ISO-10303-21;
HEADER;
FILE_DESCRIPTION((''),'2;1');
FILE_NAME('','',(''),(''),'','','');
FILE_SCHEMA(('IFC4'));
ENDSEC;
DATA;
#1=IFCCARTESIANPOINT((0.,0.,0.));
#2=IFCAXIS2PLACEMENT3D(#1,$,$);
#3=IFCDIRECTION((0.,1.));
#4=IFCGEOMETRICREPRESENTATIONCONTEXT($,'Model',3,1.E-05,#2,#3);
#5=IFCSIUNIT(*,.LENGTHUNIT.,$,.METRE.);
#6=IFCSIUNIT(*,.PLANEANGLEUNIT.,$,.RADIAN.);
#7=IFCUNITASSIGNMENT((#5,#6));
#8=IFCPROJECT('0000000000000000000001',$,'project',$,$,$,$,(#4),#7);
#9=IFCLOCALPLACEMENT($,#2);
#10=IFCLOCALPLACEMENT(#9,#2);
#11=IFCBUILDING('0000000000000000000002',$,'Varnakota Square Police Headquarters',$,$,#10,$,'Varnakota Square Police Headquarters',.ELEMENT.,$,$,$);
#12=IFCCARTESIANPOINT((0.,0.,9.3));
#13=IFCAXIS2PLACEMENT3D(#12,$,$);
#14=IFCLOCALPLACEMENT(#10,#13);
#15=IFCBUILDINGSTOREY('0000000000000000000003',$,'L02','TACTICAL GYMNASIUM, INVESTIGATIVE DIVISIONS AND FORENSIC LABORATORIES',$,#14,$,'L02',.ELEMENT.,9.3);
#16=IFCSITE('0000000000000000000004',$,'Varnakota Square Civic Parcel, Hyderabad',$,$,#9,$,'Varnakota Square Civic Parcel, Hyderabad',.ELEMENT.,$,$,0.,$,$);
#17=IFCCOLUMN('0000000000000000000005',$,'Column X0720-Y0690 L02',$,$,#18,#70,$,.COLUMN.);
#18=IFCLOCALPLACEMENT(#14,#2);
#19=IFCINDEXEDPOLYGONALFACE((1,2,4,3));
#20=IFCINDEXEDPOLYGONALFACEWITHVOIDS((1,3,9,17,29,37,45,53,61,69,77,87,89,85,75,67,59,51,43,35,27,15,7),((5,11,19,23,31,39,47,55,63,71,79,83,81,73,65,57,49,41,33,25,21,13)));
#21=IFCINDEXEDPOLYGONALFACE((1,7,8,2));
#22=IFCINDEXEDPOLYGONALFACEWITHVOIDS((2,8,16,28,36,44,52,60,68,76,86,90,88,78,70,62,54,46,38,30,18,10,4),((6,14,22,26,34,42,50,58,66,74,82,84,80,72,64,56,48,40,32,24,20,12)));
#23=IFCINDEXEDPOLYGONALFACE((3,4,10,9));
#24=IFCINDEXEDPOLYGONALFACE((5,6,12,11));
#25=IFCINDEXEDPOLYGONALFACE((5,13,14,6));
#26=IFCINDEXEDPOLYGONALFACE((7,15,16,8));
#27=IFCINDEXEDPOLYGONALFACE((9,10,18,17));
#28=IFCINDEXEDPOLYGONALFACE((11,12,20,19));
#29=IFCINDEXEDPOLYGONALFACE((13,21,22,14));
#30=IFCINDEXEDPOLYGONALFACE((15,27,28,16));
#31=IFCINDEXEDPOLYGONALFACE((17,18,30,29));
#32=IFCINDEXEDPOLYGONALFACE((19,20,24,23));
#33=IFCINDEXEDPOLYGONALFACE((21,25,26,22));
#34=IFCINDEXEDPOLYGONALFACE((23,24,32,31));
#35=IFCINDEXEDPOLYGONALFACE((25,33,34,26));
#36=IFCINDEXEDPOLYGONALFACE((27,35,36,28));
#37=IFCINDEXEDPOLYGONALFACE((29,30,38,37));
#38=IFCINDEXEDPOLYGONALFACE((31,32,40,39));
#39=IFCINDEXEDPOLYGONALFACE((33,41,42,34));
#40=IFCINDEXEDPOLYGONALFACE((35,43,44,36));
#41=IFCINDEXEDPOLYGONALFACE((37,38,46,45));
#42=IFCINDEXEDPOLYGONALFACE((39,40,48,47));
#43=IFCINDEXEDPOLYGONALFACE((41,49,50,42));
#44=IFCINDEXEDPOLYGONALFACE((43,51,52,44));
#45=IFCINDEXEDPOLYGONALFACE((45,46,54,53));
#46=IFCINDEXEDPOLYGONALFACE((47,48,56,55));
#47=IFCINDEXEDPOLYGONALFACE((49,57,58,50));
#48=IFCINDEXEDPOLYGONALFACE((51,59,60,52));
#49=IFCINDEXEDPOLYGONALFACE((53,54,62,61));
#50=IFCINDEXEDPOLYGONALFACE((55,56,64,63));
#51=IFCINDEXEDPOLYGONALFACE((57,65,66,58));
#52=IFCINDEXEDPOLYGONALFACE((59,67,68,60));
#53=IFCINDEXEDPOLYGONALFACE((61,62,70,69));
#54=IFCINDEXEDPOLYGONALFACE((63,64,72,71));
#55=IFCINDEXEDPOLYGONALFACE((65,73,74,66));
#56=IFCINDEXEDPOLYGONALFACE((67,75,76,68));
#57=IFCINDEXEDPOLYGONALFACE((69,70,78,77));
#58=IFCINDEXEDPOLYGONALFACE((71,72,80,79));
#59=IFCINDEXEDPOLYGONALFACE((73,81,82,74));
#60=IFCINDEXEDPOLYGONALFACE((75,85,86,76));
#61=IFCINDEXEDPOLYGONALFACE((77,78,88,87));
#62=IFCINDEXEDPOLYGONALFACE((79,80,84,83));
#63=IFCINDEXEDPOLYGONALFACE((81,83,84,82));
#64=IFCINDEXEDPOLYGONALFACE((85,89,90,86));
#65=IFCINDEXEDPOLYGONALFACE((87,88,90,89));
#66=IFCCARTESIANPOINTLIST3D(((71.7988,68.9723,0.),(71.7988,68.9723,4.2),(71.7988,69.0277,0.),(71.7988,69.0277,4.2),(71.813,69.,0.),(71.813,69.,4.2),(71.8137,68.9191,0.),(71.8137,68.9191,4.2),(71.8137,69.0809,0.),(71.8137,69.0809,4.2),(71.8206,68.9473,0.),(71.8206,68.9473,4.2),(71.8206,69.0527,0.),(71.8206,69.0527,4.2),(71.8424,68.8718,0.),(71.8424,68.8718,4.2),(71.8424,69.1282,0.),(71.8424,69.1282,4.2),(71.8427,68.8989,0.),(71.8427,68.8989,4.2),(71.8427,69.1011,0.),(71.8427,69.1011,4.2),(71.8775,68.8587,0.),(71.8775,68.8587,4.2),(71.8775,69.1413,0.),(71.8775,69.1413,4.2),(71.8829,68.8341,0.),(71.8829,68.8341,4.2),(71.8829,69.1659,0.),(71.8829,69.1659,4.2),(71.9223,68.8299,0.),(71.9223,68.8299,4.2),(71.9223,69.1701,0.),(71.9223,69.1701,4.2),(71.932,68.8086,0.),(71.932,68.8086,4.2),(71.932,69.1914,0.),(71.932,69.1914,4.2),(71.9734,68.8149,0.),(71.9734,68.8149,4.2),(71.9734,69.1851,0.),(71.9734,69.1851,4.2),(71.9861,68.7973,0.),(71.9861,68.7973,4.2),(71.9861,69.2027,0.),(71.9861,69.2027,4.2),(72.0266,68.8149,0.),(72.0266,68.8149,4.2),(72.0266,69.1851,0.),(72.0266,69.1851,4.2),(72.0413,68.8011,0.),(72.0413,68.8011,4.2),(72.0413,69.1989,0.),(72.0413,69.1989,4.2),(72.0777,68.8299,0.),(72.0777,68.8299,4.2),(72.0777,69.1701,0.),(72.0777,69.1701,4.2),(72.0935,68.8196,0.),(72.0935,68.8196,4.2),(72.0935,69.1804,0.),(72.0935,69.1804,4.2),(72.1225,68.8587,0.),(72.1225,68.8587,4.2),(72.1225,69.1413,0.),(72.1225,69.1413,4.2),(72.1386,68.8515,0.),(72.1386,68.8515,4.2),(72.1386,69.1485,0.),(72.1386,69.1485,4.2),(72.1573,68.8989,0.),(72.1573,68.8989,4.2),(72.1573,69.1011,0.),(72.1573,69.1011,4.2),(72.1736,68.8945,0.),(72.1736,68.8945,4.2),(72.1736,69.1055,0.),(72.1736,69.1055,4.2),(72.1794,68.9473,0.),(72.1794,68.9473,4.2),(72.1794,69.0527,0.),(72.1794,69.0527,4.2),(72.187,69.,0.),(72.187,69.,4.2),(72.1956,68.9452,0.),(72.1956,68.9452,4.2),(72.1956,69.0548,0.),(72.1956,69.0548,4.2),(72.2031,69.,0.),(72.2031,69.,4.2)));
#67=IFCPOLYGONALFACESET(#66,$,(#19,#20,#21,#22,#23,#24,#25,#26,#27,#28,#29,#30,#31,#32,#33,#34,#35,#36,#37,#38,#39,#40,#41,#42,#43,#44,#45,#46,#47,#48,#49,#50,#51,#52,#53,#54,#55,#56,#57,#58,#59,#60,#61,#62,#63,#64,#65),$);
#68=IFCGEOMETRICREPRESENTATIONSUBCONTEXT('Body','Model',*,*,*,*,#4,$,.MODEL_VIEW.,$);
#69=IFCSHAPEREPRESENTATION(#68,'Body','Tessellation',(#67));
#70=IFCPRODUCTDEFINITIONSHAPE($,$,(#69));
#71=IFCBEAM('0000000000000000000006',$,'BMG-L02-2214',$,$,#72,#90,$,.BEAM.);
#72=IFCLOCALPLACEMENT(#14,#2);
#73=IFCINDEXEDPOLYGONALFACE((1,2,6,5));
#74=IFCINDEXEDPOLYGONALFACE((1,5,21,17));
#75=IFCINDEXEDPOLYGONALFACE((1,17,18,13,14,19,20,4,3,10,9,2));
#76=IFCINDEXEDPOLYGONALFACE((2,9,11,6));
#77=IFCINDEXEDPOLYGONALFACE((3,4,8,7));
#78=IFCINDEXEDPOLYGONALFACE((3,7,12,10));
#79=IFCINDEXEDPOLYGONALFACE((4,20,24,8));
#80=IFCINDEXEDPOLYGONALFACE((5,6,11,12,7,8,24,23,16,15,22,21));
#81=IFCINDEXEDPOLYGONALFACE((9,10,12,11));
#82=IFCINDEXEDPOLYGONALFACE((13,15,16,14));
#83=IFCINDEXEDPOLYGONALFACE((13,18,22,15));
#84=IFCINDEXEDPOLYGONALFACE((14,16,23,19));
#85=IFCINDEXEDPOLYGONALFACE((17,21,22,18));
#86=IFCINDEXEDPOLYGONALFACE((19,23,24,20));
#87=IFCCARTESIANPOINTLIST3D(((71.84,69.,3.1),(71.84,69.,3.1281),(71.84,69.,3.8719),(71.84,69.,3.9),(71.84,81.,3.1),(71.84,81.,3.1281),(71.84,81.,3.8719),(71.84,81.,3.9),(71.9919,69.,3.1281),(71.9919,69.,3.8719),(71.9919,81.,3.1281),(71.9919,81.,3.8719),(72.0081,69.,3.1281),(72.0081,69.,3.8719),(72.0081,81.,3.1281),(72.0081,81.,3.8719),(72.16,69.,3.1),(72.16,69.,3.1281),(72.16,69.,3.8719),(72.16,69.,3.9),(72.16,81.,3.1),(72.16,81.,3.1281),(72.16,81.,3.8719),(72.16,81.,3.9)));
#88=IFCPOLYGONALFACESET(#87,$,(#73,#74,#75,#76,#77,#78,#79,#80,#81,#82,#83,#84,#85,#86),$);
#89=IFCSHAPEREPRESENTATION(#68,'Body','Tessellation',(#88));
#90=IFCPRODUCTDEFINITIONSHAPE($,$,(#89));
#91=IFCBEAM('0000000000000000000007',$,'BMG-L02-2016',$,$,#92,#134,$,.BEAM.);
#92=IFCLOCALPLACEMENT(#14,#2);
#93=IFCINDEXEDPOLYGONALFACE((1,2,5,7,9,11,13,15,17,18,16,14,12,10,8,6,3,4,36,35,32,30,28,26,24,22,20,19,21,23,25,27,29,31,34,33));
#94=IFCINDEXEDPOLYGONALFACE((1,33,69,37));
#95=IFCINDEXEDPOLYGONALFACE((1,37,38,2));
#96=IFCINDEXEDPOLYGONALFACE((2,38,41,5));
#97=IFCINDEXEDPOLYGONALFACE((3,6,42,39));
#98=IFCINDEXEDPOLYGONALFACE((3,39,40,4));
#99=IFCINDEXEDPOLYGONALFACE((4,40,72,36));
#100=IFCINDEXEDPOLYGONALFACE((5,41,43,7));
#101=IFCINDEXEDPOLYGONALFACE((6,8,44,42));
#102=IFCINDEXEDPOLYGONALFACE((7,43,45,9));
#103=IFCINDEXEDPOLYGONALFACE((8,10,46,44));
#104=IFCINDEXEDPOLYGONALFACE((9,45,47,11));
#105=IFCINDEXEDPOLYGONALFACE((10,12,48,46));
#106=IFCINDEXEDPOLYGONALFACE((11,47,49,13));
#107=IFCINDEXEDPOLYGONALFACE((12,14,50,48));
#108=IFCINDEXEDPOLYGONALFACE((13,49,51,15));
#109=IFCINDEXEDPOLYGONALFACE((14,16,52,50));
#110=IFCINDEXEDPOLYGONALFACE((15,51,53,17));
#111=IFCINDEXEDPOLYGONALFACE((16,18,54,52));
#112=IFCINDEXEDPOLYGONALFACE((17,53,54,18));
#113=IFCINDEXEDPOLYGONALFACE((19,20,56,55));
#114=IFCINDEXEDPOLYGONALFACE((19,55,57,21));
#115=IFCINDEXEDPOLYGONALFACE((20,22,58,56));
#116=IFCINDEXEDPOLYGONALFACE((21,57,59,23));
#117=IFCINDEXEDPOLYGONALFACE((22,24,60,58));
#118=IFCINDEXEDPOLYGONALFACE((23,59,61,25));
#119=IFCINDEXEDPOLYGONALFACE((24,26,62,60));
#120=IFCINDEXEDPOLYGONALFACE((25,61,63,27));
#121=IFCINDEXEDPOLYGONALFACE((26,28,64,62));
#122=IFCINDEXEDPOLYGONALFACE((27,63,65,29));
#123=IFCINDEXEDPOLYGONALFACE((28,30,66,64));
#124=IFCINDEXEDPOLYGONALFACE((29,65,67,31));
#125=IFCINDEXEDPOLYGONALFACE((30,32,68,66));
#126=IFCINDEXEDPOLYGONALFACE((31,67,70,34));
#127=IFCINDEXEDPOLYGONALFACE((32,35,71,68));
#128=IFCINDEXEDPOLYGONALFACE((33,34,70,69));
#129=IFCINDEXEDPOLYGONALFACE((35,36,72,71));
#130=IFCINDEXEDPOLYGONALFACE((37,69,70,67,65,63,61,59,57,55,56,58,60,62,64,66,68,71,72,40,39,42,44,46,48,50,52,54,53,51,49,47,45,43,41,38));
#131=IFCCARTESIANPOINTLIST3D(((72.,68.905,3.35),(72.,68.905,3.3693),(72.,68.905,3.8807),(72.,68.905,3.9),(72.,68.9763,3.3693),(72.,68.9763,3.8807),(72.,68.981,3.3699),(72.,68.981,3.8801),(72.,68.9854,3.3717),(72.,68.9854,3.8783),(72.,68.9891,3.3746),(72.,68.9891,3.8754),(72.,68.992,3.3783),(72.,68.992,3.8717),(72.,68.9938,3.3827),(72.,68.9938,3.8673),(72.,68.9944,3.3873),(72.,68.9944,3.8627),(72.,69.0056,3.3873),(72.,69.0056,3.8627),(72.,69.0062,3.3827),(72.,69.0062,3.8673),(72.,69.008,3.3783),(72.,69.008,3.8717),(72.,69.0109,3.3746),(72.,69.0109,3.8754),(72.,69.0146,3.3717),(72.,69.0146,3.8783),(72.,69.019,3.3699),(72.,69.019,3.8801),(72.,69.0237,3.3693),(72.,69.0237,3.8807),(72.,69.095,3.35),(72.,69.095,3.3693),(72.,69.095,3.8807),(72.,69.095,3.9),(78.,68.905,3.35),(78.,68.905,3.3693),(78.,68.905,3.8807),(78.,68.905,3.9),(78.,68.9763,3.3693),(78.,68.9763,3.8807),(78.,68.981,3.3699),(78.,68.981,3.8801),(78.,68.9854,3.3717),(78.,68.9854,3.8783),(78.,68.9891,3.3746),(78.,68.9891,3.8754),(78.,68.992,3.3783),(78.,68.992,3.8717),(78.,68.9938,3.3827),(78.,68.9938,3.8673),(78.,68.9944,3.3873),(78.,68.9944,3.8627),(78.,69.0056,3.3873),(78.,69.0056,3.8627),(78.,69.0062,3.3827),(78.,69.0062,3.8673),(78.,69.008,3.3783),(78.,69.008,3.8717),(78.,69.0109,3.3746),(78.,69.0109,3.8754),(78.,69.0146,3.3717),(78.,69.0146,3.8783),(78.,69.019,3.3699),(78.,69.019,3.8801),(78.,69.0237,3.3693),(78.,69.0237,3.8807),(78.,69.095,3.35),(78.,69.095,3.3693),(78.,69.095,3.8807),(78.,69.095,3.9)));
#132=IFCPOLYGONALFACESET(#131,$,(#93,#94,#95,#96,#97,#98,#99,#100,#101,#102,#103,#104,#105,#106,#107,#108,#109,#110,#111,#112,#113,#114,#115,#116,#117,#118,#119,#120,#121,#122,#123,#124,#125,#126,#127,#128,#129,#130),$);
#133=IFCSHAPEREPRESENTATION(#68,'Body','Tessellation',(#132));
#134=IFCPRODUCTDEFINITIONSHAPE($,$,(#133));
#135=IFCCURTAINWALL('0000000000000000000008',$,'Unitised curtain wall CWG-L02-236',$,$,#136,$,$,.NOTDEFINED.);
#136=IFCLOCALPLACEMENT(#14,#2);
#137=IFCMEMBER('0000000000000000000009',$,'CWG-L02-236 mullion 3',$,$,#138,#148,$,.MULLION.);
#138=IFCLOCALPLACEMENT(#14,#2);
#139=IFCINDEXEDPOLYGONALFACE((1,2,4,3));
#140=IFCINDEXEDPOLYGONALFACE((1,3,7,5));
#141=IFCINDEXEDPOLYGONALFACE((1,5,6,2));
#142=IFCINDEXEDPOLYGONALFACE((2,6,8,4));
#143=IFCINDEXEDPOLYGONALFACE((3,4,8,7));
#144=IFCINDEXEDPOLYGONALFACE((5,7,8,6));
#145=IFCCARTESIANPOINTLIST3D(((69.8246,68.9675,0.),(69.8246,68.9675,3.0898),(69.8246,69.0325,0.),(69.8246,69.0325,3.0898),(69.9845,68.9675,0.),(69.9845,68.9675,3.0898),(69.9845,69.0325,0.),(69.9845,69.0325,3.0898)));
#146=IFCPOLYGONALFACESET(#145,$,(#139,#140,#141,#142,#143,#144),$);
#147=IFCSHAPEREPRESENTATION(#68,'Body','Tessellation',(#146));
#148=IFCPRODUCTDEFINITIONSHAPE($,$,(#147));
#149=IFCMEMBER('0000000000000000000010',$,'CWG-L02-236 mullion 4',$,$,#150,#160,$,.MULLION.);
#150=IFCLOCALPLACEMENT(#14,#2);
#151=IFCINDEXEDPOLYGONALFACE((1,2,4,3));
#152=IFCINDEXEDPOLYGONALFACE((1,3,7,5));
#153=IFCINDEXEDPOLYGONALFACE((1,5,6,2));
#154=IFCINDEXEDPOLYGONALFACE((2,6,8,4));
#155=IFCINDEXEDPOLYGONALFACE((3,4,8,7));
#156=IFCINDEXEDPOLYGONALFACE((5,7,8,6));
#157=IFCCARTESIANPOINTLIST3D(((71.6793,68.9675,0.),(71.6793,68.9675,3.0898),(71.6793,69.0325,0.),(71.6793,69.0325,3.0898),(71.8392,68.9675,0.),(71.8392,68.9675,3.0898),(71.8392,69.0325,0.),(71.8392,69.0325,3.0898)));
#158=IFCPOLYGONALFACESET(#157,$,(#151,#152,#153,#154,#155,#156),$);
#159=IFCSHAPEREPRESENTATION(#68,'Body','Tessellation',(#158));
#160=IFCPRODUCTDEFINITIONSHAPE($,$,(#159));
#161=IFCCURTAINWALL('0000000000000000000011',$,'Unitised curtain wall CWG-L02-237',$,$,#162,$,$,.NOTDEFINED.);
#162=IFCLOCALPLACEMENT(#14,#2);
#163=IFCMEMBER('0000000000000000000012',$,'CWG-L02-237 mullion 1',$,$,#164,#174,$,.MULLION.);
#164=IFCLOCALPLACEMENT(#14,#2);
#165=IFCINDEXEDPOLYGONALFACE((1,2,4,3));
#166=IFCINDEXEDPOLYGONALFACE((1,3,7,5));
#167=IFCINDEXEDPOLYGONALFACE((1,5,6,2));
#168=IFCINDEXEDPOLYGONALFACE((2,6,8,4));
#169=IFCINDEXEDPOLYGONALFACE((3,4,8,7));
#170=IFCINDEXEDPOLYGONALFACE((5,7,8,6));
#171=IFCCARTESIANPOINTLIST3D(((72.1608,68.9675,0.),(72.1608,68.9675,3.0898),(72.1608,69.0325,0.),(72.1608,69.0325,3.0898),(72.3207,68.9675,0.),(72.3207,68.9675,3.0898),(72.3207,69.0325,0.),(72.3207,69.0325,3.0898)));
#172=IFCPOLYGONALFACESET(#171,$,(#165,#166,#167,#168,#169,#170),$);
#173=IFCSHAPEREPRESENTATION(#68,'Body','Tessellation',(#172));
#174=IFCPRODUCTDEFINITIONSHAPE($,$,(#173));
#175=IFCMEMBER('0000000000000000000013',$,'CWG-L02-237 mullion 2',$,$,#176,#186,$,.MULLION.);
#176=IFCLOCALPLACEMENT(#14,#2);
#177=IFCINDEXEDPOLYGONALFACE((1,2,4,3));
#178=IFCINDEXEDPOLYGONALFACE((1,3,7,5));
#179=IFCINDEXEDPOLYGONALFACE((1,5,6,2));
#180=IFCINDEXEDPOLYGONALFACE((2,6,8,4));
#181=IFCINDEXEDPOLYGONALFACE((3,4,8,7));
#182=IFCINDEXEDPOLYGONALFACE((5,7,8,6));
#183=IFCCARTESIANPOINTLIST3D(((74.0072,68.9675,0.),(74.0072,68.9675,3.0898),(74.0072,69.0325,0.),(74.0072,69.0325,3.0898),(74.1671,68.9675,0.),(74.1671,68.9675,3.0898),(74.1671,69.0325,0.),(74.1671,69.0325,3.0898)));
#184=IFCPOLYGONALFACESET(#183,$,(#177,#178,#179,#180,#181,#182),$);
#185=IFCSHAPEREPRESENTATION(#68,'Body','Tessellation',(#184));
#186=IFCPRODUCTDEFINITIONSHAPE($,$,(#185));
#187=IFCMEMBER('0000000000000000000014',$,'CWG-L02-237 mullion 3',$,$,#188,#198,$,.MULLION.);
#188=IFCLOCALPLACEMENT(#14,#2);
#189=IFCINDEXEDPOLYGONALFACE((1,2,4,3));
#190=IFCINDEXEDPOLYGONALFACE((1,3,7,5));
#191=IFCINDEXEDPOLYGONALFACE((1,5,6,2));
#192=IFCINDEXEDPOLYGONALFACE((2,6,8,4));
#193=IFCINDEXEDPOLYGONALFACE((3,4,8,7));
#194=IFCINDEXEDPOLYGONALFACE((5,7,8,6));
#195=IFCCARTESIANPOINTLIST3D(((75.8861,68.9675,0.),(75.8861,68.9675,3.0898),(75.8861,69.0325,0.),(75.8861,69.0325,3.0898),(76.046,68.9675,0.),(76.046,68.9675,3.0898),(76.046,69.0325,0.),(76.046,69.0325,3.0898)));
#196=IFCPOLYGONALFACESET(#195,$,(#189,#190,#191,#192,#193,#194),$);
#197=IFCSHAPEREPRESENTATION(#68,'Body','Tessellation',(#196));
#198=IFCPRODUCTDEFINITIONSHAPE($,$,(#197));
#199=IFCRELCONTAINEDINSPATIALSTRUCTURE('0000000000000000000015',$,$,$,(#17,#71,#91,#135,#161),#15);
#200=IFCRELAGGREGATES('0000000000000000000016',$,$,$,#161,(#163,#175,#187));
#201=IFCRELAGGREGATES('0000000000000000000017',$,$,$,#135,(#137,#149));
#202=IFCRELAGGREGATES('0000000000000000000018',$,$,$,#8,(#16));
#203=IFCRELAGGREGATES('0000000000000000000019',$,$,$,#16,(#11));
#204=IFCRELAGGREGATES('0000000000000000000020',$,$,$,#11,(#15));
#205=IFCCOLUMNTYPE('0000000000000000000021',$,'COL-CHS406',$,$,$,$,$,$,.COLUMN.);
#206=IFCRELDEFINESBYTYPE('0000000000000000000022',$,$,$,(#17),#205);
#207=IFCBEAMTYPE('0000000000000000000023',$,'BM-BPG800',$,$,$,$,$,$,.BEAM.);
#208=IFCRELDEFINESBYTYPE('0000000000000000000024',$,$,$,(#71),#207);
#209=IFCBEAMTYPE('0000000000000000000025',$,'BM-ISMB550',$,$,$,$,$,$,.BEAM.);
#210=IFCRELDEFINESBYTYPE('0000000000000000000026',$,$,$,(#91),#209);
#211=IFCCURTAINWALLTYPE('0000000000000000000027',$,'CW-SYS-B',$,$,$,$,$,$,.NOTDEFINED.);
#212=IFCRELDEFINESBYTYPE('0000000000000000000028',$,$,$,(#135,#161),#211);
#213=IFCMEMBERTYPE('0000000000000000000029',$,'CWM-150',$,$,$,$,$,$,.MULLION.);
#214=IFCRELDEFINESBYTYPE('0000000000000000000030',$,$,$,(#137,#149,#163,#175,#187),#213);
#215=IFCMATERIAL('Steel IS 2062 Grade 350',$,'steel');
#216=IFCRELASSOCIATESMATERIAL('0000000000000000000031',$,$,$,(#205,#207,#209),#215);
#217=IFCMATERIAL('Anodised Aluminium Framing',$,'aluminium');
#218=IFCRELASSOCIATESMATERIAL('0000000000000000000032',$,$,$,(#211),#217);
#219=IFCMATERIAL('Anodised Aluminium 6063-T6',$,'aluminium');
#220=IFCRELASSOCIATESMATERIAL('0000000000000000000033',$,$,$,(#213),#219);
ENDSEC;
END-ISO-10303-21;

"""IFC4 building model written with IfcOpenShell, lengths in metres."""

from ifc_helpers import new_model, si_unit, direction, frame, origin, origin_2d, place, context, subcontext, project, spatial, rectangle, hollow_circle, i_section, extrude, material, material_profile, profile_set, type_object, element, aggregate, save


model = new_model("IFC4")

# Units and contexts
model_context = context("Model", 3, precision=1e-05, world=origin(), true_north=direction((0.0, 1.0)))
body_context = subcontext(model_context, "Body", "Model", "MODEL_VIEW")
ifc_project = project(units=[si_unit("LENGTHUNIT", "METRE"), si_unit("PLANEANGLEUNIT", "RADIAN")], contexts=[model_context])

# Site, building, storey
site_placement = place(None, origin())
site = spatial("IfcSite", under=ifc_project, at=site_placement, Name="Varnakota Square Civic Parcel, Hyderabad", LongName="Varnakota Square Civic Parcel, Hyderabad", CompositionType="ELEMENT", RefElevation=0.0)
building_placement = place(site_placement, origin())
building = spatial("IfcBuilding", under=site, at=building_placement, Name="Varnakota Square Police Headquarters", LongName="Varnakota Square Police Headquarters", CompositionType="ELEMENT")
storey_placement = place(building_placement, frame((0.0, 0.0, 9.3)))
storey = spatial("IfcBuildingStorey", under=building, at=storey_placement, Name="L02", Description="TACTICAL GYMNASIUM, INVESTIGATIVE DIVISIONS AND FORENSIC LABORATORIES", LongName="L02", CompositionType="ELEMENT", Elevation=9.3)

# Column
ifc_material_1 = material(Name="Steel IS 2062 Grade 350", Category="steel")
ifc_material_profile_1 = material_profile(ifc_material_1, hollow_circle(Radius=0.2031, WallThickness=0.0161, at=origin_2d()), Name="CHS 406.4x16.0")
ifc_profile_set_1 = profile_set([ifc_material_profile_1], Name="Steel IS 2062 Grade 350")
column_type = type_object("IfcColumnType", Name="COL-CHS406", PredefinedType="COLUMN", material=ifc_profile_set_1)
column_placement = place(storey_placement, frame((72.0, 69.0, 0.0), z_axis=(0.0, 0.0, 1.0), x_axis=(1.0, 0.0, 0.0)))
element("IfcColumn", 1, at=column_placement, inside=storey, type_object=column_type, Name="Column X0720-Y0690 L02", PredefinedType="COLUMN", context=body_context, shape_type="SweptSolid", body=[
    extrude(hollow_circle(Radius=0.2031, WallThickness=0.0161, at=origin_2d()), origin(), (0.0, 0.0, 1.0), 4.2),
])

# Beams
ifc_material_profile_2 = material_profile(ifc_material_1, i_section(OverallWidth=0.3201, OverallDepth=0.8, WebThickness=0.0161, FlangeThickness=0.0281, at=origin_2d()), Name="BPG 800x320")
ifc_profile_set_2 = profile_set([ifc_material_profile_2], Name="Steel IS 2062 Grade 350")
beam_type_1 = type_object("IfcBeamType", Name="BM-BPG800", PredefinedType="BEAM", material=ifc_profile_set_2)
beam_1_placement = place(storey_placement, frame((72.0, 69.0, 3.5), z_axis=(0.0, 1.0, 0.0), x_axis=(-1.0, 0.0, 0.0)))
element("IfcBeam", 2, at=beam_1_placement, inside=storey, type_object=beam_type_1, Name="BMG-L02-2214", PredefinedType="BEAM", context=body_context, shape_type="SweptSolid", body=[
    extrude(i_section(OverallWidth=0.3201, OverallDepth=0.8, WebThickness=0.0161, FlangeThickness=0.0281, at=origin_2d()), origin(), (0.0, 0.0, 1.0), 12.0),
])
ifc_material_profile_3 = material_profile(ifc_material_1, i_section(OverallWidth=0.1899, OverallDepth=0.55, WebThickness=0.0112, FlangeThickness=0.0193, FilletRadius=0.0181, at=origin_2d()), Name="ISMB 550")
ifc_profile_set_3 = profile_set([ifc_material_profile_3], Name="Steel IS 2062 Grade 350")
beam_type_2 = type_object("IfcBeamType", Name="BM-ISMB550", PredefinedType="BEAM", material=ifc_profile_set_3)
beam_2_placement = place(storey_placement, frame((72.0, 69.0, 3.625), z_axis=(1.0, 0.0, 0.0), x_axis=(0.0, 1.0, 0.0)))
element("IfcBeam", 3, at=beam_2_placement, inside=storey, type_object=beam_type_2, Name="BMG-L02-2016", PredefinedType="BEAM", context=body_context, shape_type="SweptSolid", body=[
    extrude(i_section(OverallWidth=0.1899, OverallDepth=0.55, WebThickness=0.0112, FlangeThickness=0.0193, FilletRadius=0.0181, at=origin_2d()), origin(), (0.0, 0.0, 1.0), 6.0),
])

# Curtain walls, members
ifc_material_2 = material(Name="Anodised Aluminium Framing", Category="aluminium")
curtain_wall_type = type_object("IfcCurtainWallType", Name="CW-SYS-B", PredefinedType="NOTDEFINED", material=ifc_material_2)
curtain_wall_1_placement = place(storey_placement, origin())
curtain_wall_1 = element("IfcCurtainWall", 4, at=curtain_wall_1_placement, inside=storey, type_object=curtain_wall_type, Name="Unitised curtain wall CWG-L02-236", PredefinedType="NOTDEFINED")
ifc_material_3 = material(Name="Anodised Aluminium 6063-T6", Category="aluminium")
ifc_material_profile_4 = material_profile(ifc_material_3, rectangle(XDim=0.0649, YDim=0.1599, at=origin_2d()), Name="ALU MULLION 65x160")
ifc_profile_set_4 = profile_set([ifc_material_profile_4], Name="Anodised Aluminium 6063-T6")
member_type_1 = type_object("IfcMemberType", Name="CWM-150", PredefinedType="MULLION", material=ifc_profile_set_4)
member_1_placement = place(storey_placement, frame((69.9045, 69.0, 0.0), z_axis=(0.0, 0.0, 1.0), x_axis=(0.0, 1.0, 0.0)))
member_1 = element("IfcMember", 5, at=member_1_placement, type_object=member_type_1, Name="CWG-L02-236 mullion 3", PredefinedType="MULLION", context=body_context, shape_type="SweptSolid", body=[
    extrude(rectangle(XDim=0.0649, YDim=0.1599, at=origin_2d()), origin(), (0.0, 0.0, 1.0), 3.0898),
])
member_2_placement = place(storey_placement, frame((71.7593, 69.0, 0.0), z_axis=(0.0, 0.0, 1.0), x_axis=(0.0, 1.0, 0.0)))
member_2 = element("IfcMember", 6, at=member_2_placement, type_object=member_type_1, Name="CWG-L02-236 mullion 4", PredefinedType="MULLION", context=body_context, shape_type="SweptSolid", body=[
    extrude(rectangle(XDim=0.0649, YDim=0.1599, at=origin_2d()), origin(), (0.0, 0.0, 1.0), 3.0898),
])
curtain_wall_2_placement = place(storey_placement, origin())
curtain_wall_2 = element("IfcCurtainWall", 7, at=curtain_wall_2_placement, inside=storey, type_object=curtain_wall_type, Name="Unitised curtain wall CWG-L02-237", PredefinedType="NOTDEFINED")
member_3_placement = place(storey_placement, frame((72.2407, 69.0, 0.0), z_axis=(0.0, 0.0, 1.0), x_axis=(0.0, 1.0, 0.0)))
member_3 = element("IfcMember", 8, at=member_3_placement, type_object=member_type_1, Name="CWG-L02-237 mullion 1", PredefinedType="MULLION", context=body_context, shape_type="SweptSolid", body=[
    extrude(rectangle(XDim=0.0649, YDim=0.1599, at=origin_2d()), origin(), (0.0, 0.0, 1.0), 3.0898),
])
member_4_placement = place(storey_placement, frame((74.0872, 69.0, 0.0), z_axis=(0.0, 0.0, 1.0), x_axis=(0.0, 1.0, 0.0)))
member_4 = element("IfcMember", 9, at=member_4_placement, type_object=member_type_1, Name="CWG-L02-237 mullion 2", PredefinedType="MULLION", context=body_context, shape_type="SweptSolid", body=[
    extrude(rectangle(XDim=0.0649, YDim=0.1599, at=origin_2d()), origin(), (0.0, 0.0, 1.0), 3.0898),
])
member_5_placement = place(storey_placement, frame((75.9661, 69.0, 0.0), z_axis=(0.0, 0.0, 1.0), x_axis=(0.0, 1.0, 0.0)))
member_5 = element("IfcMember", 10, at=member_5_placement, type_object=member_type_1, Name="CWG-L02-237 mullion 3", PredefinedType="MULLION", context=body_context, shape_type="SweptSolid", body=[
    extrude(rectangle(XDim=0.0649, YDim=0.1599, at=origin_2d()), origin(), (0.0, 0.0, 1.0), 3.0898),
])

aggregate(curtain_wall_2, [member_3, member_4, member_5])
aggregate(curtain_wall_1, [member_1, member_2])

save(model, "model.ifc")
